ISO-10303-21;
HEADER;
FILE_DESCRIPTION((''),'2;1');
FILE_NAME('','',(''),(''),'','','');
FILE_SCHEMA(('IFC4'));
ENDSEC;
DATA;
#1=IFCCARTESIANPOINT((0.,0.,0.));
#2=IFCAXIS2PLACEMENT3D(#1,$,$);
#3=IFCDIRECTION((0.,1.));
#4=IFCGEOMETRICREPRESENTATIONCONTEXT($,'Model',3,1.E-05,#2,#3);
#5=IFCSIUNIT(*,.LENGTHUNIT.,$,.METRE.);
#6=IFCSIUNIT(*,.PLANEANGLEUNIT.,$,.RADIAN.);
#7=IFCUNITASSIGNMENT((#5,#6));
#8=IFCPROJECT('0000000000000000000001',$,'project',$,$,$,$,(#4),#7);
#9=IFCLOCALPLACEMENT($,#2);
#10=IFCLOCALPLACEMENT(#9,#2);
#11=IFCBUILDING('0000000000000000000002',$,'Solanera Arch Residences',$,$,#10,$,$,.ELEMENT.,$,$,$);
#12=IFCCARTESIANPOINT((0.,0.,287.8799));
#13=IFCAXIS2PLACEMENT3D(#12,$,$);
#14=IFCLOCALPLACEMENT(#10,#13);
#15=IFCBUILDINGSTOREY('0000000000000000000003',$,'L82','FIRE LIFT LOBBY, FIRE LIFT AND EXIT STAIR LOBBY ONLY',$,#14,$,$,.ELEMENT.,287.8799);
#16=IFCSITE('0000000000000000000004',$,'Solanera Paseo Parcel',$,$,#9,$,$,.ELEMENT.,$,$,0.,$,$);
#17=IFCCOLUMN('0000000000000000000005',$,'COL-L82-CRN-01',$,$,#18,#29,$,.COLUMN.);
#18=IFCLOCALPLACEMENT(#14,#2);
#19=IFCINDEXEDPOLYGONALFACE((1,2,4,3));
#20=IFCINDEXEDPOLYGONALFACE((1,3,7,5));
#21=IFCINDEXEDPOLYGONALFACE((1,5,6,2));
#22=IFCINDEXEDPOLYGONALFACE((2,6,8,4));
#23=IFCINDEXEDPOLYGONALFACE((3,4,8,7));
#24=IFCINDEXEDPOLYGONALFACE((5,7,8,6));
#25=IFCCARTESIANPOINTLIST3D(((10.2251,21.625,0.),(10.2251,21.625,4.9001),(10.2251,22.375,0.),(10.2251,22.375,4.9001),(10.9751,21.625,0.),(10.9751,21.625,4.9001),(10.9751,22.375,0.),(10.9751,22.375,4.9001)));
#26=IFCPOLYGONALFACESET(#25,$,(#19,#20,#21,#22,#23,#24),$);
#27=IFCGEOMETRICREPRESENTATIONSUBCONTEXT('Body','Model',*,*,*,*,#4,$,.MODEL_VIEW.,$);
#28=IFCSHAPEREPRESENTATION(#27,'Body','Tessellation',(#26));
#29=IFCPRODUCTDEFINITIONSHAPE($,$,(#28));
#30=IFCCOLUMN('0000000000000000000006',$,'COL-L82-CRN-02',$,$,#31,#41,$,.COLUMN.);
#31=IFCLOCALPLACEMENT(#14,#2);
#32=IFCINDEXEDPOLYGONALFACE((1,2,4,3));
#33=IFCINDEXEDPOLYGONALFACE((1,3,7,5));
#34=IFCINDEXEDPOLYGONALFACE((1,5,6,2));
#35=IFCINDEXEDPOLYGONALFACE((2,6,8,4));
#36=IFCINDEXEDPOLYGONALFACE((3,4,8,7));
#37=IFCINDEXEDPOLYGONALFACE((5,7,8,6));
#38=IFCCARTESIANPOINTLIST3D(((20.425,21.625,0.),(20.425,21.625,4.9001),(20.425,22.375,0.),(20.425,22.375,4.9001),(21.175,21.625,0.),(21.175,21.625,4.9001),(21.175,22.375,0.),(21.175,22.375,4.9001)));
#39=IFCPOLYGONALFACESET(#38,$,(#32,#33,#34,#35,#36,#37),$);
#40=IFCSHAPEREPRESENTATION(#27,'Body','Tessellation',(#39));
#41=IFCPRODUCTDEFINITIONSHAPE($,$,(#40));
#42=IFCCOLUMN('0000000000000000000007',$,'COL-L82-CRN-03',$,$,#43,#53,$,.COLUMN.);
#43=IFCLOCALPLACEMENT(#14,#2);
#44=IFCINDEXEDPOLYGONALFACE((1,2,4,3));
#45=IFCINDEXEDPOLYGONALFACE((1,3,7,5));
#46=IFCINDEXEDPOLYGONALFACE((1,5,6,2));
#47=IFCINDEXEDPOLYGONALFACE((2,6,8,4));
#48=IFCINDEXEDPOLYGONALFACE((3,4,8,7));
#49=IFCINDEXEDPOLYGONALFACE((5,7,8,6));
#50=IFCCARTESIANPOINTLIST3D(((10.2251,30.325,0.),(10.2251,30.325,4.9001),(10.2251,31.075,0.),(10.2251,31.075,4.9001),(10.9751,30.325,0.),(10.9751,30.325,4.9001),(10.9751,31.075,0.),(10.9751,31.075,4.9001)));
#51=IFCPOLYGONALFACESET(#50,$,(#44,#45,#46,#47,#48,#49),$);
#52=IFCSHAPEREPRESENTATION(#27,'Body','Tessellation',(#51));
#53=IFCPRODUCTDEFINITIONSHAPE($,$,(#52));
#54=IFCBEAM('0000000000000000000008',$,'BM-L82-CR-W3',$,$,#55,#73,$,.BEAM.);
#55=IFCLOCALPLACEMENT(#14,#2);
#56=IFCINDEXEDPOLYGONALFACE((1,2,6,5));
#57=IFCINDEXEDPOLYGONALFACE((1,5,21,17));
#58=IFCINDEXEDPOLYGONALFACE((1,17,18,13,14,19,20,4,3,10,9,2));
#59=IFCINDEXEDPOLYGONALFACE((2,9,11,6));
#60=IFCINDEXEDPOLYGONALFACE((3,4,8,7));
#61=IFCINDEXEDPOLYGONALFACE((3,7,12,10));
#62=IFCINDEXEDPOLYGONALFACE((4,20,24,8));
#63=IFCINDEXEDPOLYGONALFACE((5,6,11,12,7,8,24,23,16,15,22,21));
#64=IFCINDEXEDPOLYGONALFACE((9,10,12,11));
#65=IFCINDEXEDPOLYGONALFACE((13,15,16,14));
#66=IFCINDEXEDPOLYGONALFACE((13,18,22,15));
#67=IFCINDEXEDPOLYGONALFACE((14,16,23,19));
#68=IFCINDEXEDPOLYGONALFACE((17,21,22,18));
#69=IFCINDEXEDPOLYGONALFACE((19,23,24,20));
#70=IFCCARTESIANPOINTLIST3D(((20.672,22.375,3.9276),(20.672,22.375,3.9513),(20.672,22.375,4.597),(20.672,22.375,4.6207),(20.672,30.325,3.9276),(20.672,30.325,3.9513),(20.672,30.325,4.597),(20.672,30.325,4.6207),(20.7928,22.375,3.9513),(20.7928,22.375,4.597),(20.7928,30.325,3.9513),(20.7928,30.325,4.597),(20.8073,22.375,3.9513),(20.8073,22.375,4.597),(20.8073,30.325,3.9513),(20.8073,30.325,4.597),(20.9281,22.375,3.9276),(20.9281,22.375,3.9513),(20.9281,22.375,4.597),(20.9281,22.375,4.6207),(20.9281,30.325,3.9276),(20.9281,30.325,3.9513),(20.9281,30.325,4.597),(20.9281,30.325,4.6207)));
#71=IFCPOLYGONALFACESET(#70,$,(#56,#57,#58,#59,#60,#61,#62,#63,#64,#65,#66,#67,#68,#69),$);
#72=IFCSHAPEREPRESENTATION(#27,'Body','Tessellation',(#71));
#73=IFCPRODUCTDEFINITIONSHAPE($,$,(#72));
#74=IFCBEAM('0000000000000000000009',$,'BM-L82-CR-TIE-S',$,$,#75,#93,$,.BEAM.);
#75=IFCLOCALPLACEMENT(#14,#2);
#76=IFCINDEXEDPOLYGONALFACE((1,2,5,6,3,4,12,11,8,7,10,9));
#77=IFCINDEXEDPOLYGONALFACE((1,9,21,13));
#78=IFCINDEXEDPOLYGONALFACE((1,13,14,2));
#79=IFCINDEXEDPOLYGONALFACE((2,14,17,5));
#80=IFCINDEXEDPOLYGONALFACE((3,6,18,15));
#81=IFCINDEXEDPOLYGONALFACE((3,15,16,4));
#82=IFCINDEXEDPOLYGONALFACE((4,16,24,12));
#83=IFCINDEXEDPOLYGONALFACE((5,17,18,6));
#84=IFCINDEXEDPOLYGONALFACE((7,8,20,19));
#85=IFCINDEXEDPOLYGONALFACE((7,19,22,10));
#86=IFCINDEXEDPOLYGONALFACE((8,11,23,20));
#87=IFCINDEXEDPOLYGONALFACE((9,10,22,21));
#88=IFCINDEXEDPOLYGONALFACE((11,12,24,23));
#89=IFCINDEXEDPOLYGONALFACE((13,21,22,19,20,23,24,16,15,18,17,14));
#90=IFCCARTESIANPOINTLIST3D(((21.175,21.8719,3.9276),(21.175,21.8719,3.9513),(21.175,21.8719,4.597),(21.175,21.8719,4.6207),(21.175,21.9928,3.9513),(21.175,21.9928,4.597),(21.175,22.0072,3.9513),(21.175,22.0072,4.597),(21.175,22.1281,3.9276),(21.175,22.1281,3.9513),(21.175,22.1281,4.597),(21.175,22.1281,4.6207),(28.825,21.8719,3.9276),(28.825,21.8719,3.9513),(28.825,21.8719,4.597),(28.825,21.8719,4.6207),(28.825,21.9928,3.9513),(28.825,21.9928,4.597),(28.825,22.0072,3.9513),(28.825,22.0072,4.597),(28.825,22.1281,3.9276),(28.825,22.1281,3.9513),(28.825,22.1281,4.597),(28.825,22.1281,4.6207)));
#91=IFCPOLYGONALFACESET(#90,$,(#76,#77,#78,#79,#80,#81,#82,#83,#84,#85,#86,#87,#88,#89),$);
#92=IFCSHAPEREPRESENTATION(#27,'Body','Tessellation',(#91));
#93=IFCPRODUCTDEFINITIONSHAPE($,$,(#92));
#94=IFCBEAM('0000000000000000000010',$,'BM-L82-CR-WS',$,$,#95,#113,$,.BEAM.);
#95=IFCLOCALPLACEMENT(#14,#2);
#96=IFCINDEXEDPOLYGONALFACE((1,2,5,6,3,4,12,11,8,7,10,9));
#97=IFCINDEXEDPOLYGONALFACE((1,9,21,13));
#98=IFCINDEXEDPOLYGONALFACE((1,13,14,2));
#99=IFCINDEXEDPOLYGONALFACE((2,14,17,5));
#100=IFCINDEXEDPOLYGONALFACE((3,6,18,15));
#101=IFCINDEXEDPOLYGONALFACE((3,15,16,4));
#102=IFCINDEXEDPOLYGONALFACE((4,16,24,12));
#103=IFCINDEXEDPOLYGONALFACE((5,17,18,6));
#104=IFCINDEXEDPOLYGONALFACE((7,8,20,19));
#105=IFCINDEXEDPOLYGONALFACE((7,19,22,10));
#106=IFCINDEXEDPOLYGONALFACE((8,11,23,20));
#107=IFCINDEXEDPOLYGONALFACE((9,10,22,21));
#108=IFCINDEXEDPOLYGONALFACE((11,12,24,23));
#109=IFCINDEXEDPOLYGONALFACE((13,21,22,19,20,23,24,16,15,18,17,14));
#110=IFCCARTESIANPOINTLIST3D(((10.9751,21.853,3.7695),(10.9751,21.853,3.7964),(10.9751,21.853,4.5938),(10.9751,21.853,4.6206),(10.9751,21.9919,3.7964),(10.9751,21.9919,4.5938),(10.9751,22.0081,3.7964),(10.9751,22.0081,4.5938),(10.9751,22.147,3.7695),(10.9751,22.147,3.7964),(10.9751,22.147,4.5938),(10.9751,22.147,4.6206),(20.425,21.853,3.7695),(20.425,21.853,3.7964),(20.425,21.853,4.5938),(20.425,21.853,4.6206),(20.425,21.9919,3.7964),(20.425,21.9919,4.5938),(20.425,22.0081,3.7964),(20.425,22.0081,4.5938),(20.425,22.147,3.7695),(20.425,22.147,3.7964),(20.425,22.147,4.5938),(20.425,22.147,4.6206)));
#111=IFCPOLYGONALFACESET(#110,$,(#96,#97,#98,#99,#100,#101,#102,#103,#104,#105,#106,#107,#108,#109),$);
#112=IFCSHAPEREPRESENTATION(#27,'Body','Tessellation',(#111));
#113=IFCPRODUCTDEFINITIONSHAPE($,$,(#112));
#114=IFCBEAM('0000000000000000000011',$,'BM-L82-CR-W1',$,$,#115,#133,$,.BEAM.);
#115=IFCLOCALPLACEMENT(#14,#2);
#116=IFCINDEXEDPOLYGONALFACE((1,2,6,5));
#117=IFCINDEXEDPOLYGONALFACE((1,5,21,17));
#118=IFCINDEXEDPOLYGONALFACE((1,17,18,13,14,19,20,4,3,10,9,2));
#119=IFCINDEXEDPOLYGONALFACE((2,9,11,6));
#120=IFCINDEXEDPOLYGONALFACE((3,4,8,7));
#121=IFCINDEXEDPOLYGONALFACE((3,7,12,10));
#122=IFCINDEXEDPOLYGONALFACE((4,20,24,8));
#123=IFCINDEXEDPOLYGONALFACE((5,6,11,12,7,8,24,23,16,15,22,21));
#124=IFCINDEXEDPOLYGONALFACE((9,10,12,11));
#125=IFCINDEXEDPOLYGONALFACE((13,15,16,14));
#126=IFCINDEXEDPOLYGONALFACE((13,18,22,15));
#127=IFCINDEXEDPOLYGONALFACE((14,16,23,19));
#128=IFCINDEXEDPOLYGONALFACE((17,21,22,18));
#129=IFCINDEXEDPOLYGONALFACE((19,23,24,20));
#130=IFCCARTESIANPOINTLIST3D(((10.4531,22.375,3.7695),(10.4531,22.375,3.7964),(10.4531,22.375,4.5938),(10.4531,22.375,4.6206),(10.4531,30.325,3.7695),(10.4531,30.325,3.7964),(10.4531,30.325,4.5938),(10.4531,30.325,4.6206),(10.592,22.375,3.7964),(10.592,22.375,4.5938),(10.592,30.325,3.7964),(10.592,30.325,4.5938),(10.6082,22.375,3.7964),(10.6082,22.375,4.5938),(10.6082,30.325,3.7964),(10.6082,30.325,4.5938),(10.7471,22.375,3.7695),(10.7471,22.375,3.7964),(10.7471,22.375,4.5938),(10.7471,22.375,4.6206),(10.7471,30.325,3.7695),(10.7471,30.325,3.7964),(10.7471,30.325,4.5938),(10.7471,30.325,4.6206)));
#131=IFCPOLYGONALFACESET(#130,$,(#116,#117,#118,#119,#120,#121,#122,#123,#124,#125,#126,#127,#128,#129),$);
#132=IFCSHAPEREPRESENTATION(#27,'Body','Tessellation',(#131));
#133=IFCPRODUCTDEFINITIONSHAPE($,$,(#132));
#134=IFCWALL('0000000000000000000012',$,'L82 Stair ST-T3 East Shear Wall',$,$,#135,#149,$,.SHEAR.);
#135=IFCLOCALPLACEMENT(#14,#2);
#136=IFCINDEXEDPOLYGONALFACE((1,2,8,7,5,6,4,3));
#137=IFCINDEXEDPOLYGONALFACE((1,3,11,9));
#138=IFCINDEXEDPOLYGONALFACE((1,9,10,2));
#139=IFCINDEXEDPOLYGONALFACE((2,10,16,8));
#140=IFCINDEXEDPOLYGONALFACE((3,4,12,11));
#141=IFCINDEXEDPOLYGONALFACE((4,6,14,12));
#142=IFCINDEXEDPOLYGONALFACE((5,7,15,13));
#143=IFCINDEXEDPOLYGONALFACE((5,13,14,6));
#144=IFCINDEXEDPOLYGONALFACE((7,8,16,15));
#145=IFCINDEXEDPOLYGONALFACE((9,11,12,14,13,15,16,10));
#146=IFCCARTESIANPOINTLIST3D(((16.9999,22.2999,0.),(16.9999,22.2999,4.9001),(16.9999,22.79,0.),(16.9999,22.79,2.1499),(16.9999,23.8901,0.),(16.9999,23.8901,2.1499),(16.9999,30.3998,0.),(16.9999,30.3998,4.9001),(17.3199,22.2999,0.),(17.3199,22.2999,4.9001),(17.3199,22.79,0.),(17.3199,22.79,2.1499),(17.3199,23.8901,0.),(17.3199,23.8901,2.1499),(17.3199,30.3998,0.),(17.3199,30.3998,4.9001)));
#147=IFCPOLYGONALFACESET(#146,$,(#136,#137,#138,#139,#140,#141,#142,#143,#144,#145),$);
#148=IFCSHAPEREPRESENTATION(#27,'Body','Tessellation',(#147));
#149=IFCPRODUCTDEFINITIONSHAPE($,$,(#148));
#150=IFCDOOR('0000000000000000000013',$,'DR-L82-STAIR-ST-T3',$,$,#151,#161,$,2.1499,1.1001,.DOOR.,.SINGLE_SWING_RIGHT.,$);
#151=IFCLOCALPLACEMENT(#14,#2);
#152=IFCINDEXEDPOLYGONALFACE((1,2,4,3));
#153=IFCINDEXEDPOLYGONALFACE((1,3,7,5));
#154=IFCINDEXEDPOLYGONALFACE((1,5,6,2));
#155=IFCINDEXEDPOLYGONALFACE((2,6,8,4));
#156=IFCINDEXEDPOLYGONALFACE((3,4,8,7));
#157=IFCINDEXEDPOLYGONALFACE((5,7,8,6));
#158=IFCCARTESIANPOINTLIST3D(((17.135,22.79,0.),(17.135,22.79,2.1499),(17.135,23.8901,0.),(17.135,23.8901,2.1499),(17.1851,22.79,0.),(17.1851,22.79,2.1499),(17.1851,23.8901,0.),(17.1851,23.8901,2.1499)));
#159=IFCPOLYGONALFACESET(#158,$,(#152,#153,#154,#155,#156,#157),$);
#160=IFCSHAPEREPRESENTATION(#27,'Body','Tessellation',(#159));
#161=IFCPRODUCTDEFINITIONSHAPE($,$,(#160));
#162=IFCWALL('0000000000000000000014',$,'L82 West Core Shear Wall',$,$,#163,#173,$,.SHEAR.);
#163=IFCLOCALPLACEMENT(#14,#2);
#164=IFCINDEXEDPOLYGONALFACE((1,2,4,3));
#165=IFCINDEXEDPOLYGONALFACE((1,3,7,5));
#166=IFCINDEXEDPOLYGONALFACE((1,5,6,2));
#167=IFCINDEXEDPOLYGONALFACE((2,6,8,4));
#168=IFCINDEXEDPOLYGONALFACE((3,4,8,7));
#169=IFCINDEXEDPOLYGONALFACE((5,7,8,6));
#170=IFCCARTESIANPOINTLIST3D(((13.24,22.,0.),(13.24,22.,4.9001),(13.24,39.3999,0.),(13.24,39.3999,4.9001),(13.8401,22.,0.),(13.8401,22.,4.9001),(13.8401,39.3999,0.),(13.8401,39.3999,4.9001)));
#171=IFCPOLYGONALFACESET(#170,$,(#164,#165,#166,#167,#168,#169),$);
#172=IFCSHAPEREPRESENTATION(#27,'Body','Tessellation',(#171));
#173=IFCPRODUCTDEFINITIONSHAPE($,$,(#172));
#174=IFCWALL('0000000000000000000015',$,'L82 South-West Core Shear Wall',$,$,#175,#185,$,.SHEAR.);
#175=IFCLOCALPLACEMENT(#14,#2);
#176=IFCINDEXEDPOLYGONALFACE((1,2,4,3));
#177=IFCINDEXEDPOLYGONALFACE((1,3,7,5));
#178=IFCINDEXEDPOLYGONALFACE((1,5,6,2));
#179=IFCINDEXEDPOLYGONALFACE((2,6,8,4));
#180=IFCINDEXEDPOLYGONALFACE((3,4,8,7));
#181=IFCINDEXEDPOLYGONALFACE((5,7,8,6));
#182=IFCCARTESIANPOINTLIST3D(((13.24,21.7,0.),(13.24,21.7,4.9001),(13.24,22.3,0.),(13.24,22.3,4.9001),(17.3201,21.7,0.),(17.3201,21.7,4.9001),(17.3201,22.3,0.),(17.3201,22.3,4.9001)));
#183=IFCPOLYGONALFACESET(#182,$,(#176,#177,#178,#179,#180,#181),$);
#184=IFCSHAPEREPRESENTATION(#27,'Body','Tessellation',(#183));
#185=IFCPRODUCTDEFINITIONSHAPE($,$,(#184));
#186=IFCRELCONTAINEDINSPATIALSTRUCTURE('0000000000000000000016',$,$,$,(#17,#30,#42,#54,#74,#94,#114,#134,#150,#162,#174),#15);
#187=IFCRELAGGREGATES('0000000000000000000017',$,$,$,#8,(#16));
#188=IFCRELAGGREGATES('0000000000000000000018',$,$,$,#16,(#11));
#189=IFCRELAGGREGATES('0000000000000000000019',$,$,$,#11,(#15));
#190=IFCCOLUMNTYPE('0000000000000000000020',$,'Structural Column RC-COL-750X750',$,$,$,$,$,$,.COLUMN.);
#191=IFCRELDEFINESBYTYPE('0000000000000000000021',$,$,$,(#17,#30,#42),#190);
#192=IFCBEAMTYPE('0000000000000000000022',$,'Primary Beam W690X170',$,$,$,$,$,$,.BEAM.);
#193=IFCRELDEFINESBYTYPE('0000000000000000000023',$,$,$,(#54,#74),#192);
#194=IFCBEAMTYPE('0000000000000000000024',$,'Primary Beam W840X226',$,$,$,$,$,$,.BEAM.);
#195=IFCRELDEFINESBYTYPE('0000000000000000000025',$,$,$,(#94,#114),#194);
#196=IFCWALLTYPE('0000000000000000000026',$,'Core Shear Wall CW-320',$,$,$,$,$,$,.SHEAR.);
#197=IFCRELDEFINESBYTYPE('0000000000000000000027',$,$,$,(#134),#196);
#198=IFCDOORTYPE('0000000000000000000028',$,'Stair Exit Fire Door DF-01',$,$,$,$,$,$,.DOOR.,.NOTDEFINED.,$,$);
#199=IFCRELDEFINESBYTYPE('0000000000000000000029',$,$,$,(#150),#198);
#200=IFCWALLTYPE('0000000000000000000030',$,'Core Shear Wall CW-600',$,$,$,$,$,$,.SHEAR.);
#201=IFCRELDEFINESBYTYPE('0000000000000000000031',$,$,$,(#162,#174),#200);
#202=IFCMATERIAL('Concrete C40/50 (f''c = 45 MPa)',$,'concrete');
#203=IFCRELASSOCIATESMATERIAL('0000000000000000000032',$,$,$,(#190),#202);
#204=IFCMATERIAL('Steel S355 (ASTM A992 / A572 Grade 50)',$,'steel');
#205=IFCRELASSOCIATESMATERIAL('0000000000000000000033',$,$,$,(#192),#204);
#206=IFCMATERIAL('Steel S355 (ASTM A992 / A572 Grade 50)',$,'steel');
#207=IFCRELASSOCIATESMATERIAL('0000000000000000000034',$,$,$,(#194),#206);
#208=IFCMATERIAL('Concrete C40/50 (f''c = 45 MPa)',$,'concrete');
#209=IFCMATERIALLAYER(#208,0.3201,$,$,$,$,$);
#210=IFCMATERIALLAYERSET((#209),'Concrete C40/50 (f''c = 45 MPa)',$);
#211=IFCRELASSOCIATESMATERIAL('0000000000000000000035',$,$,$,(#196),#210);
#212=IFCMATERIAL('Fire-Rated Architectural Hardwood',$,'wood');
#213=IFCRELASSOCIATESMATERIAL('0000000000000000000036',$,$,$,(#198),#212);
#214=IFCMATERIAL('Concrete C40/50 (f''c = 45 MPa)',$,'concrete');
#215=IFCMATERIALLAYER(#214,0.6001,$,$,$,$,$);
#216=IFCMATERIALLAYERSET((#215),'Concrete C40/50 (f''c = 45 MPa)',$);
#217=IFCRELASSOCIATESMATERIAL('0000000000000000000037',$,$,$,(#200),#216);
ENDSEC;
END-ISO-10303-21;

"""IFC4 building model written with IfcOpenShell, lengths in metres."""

from ifc_helpers import new_model, si_unit, direction, frame, frame_2d, origin, origin_2d, place, context, subcontext, project, spatial, rectangle, i_section, extrude, material, layer, layer_set, material_profile, profile_set, type_object, element, fill, save


model = new_model("IFC4")

# Units and contexts
model_context = context("Model", 3, precision=1e-05, world=origin(), true_north=direction((0.0, 1.0)))
body_context = subcontext(model_context, "Body", "Model", "MODEL_VIEW")
ifc_project = project(units=[si_unit("LENGTHUNIT", "METRE"), si_unit("PLANEANGLEUNIT", "RADIAN")], contexts=[model_context])

# Site, building, storey
site_placement = place(None, origin())
site = spatial("IfcSite", under=ifc_project, at=site_placement, Name="Solanera Paseo Parcel", CompositionType="ELEMENT", RefElevation=0.0)
building_placement = place(site_placement, origin())
building = spatial("IfcBuilding", under=site, at=building_placement, Name="Solanera Arch Residences", CompositionType="ELEMENT")
storey_placement = place(building_placement, frame((0.0, 0.0, 287.8799)))
storey = spatial("IfcBuildingStorey", under=building, at=storey_placement, Name="L82", Description="FIRE LIFT LOBBY, FIRE LIFT AND EXIT STAIR LOBBY ONLY", CompositionType="ELEMENT", Elevation=287.8799)

# Columns
ifc_material_1 = material(Name="Concrete C40/50 (f'c = 45 MPa)", Category="concrete")
ifc_material_profile_1 = material_profile(ifc_material_1, rectangle(XDim=0.75, YDim=0.75, at=origin_2d()))
ifc_profile_set_1 = profile_set([ifc_material_profile_1], Name="Concrete C40/50 (f'c = 45 MPa)")
column_type = type_object("IfcColumnType", Name="Structural Column RC-COL-750X750", PredefinedType="COLUMN", material=ifc_profile_set_1)
for number, where, z_axis, x_axis, name in (
    (1, (10.6001, 22.0, 0.0), (0.0, 0.0, 1.0), (1.0, 0.0, 0.0), "COL-L82-CRN-01"),
    (2, (20.8, 22.0, 0.0), (0.0, 0.0, 1.0), (1.0, 0.0, 0.0), "COL-L82-CRN-02"),
    (3, (10.6001, 30.7, 0.0), (0.0, 0.0, 1.0), (1.0, 0.0, 0.0), "COL-L82-CRN-03"),
):
    element("IfcColumn", number, at=place(storey_placement, frame(where, z_axis=z_axis, x_axis=x_axis)), inside=storey, type_object=column_type, Name=name, PredefinedType="COLUMN", context=body_context, shape_type="SweptSolid", body=[
        extrude(rectangle(XDim=0.75, YDim=0.75, at=origin_2d()), origin(), (0.0, 0.0, 1.0), 4.9001),
    ])

# Beams
ifc_material_2 = material(Name="Steel S355 (ASTM A992 / A572 Grade 50)", Category="steel")
ifc_material_profile_2 = material_profile(ifc_material_2, i_section(OverallWidth=0.2561, OverallDepth=0.6931, WebThickness=0.0144, FlangeThickness=0.0237, at=origin_2d()))
ifc_profile_set_2 = profile_set([ifc_material_profile_2], Name="Steel S355 (ASTM A992 / A572 Grade 50)")
beam_type_1 = type_object("IfcBeamType", Name="Primary Beam W690X170", PredefinedType="BEAM", material=ifc_profile_set_2)
beam_1_placement = place(storey_placement, frame((20.8, 22.375, 4.2742), z_axis=(0.0, 1.0, 0.0), x_axis=(-1.0, 0.0, 0.0)))
element("IfcBeam", 4, at=beam_1_placement, inside=storey, type_object=beam_type_1, Name="BM-L82-CR-W3", PredefinedType="BEAM", context=body_context, shape_type="SweptSolid", body=[
    extrude(i_section(OverallWidth=0.2561, OverallDepth=0.6931, WebThickness=0.0144, FlangeThickness=0.0237, at=origin_2d()), origin(), (0.0, 0.0, 1.0), 7.95),
])
beam_2_placement = place(storey_placement, frame((21.175, 22.0, 4.2742), z_axis=(1.0, 0.0, 0.0), x_axis=(0.0, 1.0, 0.0)))
element("IfcBeam", 5, at=beam_2_placement, inside=storey, type_object=beam_type_1, Name="BM-L82-CR-TIE-S", PredefinedType="BEAM", context=body_context, shape_type="SweptSolid", body=[
    extrude(i_section(OverallWidth=0.2561, OverallDepth=0.6931, WebThickness=0.0144, FlangeThickness=0.0237, at=origin_2d()), origin(), (0.0, 0.0, 1.0), 7.6499),
])
ifc_material_3 = material(Name="Steel S355 (ASTM A992 / A572 Grade 50)", Category="steel")
ifc_material_profile_3 = material_profile(ifc_material_3, i_section(OverallWidth=0.2939, OverallDepth=0.8511, WebThickness=0.0161, FlangeThickness=0.0269, at=origin_2d()))
ifc_profile_set_3 = profile_set([ifc_material_profile_3], Name="Steel S355 (ASTM A992 / A572 Grade 50)")
beam_type_2 = type_object("IfcBeamType", Name="Primary Beam W840X226", PredefinedType="BEAM", material=ifc_profile_set_3)
beam_3_placement = place(storey_placement, frame((10.9751, 22.0, 4.1951), z_axis=(1.0, 0.0, 0.0), x_axis=(0.0, 1.0, 0.0)))
element("IfcBeam", 6, at=beam_3_placement, inside=storey, type_object=beam_type_2, Name="BM-L82-CR-WS", PredefinedType="BEAM", context=body_context, shape_type="SweptSolid", body=[
    extrude(i_section(OverallWidth=0.2939, OverallDepth=0.8511, WebThickness=0.0161, FlangeThickness=0.0269, at=origin_2d()), origin(), (0.0, 0.0, 1.0), 9.45),
])
beam_4_placement = place(storey_placement, frame((10.6001, 22.375, 4.1951), z_axis=(0.0, 1.0, 0.0), x_axis=(-1.0, 0.0, 0.0)))
element("IfcBeam", 7, at=beam_4_placement, inside=storey, type_object=beam_type_2, Name="BM-L82-CR-W1", PredefinedType="BEAM", context=body_context, shape_type="SweptSolid", body=[
    extrude(i_section(OverallWidth=0.2939, OverallDepth=0.8511, WebThickness=0.0161, FlangeThickness=0.0269, at=origin_2d()), origin(), (0.0, 0.0, 1.0), 7.95),
])

# Wall, opening, door
ifc_material_4 = material(Name="Concrete C40/50 (f'c = 45 MPa)", Category="concrete")
ifc_layer_1 = layer(ifc_material_4, 0.3201)
ifc_layer_set_1 = layer_set([ifc_layer_1], Name="Concrete C40/50 (f'c = 45 MPa)")
wall_type_1 = type_object("IfcWallType", Name="Core Shear Wall CW-320", PredefinedType="SHEAR", material=ifc_layer_set_1)
wall_1_placement = place(storey_placement, frame((17.1599, 22.3, 0.0), z_axis=(0.0, 0.0, 1.0), x_axis=(0.0, 1.0, 0.0)))
wall_1 = element("IfcWall", 8, at=wall_1_placement, inside=storey, type_object=wall_type_1, Name="L82 Stair ST-T3 East Shear Wall", PredefinedType="SHEAR", context=body_context, shape_type="SweptSolid", body=[
    extrude(rectangle(XDim=8.0999, YDim=0.3201, at=frame_2d((4.0498, 0.0))), origin(), (0.0, 0.0, 1.0), 4.9001),
])
opening_placement = place(wall_1_placement, frame((0.49, 0.0, 0.0)))
opening = element("IfcOpeningElement", 9, at=opening_placement, cuts=wall_1, PredefinedType="OPENING", context=body_context, shape_type="SweptSolid", body=[
    extrude(rectangle(XDim=1.1001, YDim=2.1499, at=frame_2d((0.55, 1.075))), frame((0.0, 0.1699, 0.0), z_axis=(0.0, -1.0, 0.0), x_axis=(1.0, 0.0, 0.0)), (0.0, 0.0, 1.0), 0.3401),
])
ifc_material_5 = material(Name="Fire-Rated Architectural Hardwood", Category="wood")
door_type = type_object("IfcDoorType", Name="Stair Exit Fire Door DF-01", OperationType="NOTDEFINED", PredefinedType="DOOR", material=ifc_material_5)
door_placement = place(opening_placement, origin())
door = element("IfcDoor", 10, at=door_placement, inside=storey, type_object=door_type, Name="DR-L82-STAIR-ST-T3", OperationType="SINGLE_SWING_RIGHT", OverallHeight=2.1499, OverallWidth=1.1001, PredefinedType="DOOR", context=body_context, shape_type="SweptSolid", body=[
    extrude(rectangle(XDim=1.1001, YDim=2.1499, at=frame_2d((0.55, 1.075))), frame((0.0, 0.0249, 0.0), z_axis=(0.0, -1.0, 0.0), x_axis=(1.0, 0.0, 0.0)), (0.0, 0.0, 1.0), 0.05),
])
fill(opening, door)

# Walls
ifc_material_6 = material(Name="Concrete C40/50 (f'c = 45 MPa)", Category="concrete")
ifc_layer_2 = layer(ifc_material_6, 0.6001)
ifc_layer_set_2 = layer_set([ifc_layer_2], Name="Concrete C40/50 (f'c = 45 MPa)")
wall_type_2 = type_object("IfcWallType", Name="Core Shear Wall CW-600", PredefinedType="SHEAR", material=ifc_layer_set_2)
wall_2_placement = place(storey_placement, frame((13.54, 22.0, 0.0), z_axis=(0.0, 0.0, 1.0), x_axis=(0.0, 1.0, 0.0)))
element("IfcWall", 11, at=wall_2_placement, inside=storey, type_object=wall_type_2, Name="L82 West Core Shear Wall", PredefinedType="SHEAR", context=body_context, shape_type="SweptSolid", body=[
    extrude(rectangle(XDim=17.3999, YDim=0.6001, at=frame_2d((8.7, 0.0))), origin(), (0.0, 0.0, 1.0), 4.9001),
])
wall_3_placement = place(storey_placement, frame((13.24, 22.0, 0.0), z_axis=(0.0, 0.0, 1.0), x_axis=(1.0, 0.0, 0.0)))
element("IfcWall", 12, at=wall_3_placement, inside=storey, type_object=wall_type_2, Name="L82 South-West Core Shear Wall", PredefinedType="SHEAR", context=body_context, shape_type="SweptSolid", body=[
    extrude(rectangle(XDim=4.0801, YDim=0.6001, at=frame_2d((2.04, 0.0))), origin(), (0.0, 0.0, 1.0), 4.9001),
])

save(model, "model.ifc")
